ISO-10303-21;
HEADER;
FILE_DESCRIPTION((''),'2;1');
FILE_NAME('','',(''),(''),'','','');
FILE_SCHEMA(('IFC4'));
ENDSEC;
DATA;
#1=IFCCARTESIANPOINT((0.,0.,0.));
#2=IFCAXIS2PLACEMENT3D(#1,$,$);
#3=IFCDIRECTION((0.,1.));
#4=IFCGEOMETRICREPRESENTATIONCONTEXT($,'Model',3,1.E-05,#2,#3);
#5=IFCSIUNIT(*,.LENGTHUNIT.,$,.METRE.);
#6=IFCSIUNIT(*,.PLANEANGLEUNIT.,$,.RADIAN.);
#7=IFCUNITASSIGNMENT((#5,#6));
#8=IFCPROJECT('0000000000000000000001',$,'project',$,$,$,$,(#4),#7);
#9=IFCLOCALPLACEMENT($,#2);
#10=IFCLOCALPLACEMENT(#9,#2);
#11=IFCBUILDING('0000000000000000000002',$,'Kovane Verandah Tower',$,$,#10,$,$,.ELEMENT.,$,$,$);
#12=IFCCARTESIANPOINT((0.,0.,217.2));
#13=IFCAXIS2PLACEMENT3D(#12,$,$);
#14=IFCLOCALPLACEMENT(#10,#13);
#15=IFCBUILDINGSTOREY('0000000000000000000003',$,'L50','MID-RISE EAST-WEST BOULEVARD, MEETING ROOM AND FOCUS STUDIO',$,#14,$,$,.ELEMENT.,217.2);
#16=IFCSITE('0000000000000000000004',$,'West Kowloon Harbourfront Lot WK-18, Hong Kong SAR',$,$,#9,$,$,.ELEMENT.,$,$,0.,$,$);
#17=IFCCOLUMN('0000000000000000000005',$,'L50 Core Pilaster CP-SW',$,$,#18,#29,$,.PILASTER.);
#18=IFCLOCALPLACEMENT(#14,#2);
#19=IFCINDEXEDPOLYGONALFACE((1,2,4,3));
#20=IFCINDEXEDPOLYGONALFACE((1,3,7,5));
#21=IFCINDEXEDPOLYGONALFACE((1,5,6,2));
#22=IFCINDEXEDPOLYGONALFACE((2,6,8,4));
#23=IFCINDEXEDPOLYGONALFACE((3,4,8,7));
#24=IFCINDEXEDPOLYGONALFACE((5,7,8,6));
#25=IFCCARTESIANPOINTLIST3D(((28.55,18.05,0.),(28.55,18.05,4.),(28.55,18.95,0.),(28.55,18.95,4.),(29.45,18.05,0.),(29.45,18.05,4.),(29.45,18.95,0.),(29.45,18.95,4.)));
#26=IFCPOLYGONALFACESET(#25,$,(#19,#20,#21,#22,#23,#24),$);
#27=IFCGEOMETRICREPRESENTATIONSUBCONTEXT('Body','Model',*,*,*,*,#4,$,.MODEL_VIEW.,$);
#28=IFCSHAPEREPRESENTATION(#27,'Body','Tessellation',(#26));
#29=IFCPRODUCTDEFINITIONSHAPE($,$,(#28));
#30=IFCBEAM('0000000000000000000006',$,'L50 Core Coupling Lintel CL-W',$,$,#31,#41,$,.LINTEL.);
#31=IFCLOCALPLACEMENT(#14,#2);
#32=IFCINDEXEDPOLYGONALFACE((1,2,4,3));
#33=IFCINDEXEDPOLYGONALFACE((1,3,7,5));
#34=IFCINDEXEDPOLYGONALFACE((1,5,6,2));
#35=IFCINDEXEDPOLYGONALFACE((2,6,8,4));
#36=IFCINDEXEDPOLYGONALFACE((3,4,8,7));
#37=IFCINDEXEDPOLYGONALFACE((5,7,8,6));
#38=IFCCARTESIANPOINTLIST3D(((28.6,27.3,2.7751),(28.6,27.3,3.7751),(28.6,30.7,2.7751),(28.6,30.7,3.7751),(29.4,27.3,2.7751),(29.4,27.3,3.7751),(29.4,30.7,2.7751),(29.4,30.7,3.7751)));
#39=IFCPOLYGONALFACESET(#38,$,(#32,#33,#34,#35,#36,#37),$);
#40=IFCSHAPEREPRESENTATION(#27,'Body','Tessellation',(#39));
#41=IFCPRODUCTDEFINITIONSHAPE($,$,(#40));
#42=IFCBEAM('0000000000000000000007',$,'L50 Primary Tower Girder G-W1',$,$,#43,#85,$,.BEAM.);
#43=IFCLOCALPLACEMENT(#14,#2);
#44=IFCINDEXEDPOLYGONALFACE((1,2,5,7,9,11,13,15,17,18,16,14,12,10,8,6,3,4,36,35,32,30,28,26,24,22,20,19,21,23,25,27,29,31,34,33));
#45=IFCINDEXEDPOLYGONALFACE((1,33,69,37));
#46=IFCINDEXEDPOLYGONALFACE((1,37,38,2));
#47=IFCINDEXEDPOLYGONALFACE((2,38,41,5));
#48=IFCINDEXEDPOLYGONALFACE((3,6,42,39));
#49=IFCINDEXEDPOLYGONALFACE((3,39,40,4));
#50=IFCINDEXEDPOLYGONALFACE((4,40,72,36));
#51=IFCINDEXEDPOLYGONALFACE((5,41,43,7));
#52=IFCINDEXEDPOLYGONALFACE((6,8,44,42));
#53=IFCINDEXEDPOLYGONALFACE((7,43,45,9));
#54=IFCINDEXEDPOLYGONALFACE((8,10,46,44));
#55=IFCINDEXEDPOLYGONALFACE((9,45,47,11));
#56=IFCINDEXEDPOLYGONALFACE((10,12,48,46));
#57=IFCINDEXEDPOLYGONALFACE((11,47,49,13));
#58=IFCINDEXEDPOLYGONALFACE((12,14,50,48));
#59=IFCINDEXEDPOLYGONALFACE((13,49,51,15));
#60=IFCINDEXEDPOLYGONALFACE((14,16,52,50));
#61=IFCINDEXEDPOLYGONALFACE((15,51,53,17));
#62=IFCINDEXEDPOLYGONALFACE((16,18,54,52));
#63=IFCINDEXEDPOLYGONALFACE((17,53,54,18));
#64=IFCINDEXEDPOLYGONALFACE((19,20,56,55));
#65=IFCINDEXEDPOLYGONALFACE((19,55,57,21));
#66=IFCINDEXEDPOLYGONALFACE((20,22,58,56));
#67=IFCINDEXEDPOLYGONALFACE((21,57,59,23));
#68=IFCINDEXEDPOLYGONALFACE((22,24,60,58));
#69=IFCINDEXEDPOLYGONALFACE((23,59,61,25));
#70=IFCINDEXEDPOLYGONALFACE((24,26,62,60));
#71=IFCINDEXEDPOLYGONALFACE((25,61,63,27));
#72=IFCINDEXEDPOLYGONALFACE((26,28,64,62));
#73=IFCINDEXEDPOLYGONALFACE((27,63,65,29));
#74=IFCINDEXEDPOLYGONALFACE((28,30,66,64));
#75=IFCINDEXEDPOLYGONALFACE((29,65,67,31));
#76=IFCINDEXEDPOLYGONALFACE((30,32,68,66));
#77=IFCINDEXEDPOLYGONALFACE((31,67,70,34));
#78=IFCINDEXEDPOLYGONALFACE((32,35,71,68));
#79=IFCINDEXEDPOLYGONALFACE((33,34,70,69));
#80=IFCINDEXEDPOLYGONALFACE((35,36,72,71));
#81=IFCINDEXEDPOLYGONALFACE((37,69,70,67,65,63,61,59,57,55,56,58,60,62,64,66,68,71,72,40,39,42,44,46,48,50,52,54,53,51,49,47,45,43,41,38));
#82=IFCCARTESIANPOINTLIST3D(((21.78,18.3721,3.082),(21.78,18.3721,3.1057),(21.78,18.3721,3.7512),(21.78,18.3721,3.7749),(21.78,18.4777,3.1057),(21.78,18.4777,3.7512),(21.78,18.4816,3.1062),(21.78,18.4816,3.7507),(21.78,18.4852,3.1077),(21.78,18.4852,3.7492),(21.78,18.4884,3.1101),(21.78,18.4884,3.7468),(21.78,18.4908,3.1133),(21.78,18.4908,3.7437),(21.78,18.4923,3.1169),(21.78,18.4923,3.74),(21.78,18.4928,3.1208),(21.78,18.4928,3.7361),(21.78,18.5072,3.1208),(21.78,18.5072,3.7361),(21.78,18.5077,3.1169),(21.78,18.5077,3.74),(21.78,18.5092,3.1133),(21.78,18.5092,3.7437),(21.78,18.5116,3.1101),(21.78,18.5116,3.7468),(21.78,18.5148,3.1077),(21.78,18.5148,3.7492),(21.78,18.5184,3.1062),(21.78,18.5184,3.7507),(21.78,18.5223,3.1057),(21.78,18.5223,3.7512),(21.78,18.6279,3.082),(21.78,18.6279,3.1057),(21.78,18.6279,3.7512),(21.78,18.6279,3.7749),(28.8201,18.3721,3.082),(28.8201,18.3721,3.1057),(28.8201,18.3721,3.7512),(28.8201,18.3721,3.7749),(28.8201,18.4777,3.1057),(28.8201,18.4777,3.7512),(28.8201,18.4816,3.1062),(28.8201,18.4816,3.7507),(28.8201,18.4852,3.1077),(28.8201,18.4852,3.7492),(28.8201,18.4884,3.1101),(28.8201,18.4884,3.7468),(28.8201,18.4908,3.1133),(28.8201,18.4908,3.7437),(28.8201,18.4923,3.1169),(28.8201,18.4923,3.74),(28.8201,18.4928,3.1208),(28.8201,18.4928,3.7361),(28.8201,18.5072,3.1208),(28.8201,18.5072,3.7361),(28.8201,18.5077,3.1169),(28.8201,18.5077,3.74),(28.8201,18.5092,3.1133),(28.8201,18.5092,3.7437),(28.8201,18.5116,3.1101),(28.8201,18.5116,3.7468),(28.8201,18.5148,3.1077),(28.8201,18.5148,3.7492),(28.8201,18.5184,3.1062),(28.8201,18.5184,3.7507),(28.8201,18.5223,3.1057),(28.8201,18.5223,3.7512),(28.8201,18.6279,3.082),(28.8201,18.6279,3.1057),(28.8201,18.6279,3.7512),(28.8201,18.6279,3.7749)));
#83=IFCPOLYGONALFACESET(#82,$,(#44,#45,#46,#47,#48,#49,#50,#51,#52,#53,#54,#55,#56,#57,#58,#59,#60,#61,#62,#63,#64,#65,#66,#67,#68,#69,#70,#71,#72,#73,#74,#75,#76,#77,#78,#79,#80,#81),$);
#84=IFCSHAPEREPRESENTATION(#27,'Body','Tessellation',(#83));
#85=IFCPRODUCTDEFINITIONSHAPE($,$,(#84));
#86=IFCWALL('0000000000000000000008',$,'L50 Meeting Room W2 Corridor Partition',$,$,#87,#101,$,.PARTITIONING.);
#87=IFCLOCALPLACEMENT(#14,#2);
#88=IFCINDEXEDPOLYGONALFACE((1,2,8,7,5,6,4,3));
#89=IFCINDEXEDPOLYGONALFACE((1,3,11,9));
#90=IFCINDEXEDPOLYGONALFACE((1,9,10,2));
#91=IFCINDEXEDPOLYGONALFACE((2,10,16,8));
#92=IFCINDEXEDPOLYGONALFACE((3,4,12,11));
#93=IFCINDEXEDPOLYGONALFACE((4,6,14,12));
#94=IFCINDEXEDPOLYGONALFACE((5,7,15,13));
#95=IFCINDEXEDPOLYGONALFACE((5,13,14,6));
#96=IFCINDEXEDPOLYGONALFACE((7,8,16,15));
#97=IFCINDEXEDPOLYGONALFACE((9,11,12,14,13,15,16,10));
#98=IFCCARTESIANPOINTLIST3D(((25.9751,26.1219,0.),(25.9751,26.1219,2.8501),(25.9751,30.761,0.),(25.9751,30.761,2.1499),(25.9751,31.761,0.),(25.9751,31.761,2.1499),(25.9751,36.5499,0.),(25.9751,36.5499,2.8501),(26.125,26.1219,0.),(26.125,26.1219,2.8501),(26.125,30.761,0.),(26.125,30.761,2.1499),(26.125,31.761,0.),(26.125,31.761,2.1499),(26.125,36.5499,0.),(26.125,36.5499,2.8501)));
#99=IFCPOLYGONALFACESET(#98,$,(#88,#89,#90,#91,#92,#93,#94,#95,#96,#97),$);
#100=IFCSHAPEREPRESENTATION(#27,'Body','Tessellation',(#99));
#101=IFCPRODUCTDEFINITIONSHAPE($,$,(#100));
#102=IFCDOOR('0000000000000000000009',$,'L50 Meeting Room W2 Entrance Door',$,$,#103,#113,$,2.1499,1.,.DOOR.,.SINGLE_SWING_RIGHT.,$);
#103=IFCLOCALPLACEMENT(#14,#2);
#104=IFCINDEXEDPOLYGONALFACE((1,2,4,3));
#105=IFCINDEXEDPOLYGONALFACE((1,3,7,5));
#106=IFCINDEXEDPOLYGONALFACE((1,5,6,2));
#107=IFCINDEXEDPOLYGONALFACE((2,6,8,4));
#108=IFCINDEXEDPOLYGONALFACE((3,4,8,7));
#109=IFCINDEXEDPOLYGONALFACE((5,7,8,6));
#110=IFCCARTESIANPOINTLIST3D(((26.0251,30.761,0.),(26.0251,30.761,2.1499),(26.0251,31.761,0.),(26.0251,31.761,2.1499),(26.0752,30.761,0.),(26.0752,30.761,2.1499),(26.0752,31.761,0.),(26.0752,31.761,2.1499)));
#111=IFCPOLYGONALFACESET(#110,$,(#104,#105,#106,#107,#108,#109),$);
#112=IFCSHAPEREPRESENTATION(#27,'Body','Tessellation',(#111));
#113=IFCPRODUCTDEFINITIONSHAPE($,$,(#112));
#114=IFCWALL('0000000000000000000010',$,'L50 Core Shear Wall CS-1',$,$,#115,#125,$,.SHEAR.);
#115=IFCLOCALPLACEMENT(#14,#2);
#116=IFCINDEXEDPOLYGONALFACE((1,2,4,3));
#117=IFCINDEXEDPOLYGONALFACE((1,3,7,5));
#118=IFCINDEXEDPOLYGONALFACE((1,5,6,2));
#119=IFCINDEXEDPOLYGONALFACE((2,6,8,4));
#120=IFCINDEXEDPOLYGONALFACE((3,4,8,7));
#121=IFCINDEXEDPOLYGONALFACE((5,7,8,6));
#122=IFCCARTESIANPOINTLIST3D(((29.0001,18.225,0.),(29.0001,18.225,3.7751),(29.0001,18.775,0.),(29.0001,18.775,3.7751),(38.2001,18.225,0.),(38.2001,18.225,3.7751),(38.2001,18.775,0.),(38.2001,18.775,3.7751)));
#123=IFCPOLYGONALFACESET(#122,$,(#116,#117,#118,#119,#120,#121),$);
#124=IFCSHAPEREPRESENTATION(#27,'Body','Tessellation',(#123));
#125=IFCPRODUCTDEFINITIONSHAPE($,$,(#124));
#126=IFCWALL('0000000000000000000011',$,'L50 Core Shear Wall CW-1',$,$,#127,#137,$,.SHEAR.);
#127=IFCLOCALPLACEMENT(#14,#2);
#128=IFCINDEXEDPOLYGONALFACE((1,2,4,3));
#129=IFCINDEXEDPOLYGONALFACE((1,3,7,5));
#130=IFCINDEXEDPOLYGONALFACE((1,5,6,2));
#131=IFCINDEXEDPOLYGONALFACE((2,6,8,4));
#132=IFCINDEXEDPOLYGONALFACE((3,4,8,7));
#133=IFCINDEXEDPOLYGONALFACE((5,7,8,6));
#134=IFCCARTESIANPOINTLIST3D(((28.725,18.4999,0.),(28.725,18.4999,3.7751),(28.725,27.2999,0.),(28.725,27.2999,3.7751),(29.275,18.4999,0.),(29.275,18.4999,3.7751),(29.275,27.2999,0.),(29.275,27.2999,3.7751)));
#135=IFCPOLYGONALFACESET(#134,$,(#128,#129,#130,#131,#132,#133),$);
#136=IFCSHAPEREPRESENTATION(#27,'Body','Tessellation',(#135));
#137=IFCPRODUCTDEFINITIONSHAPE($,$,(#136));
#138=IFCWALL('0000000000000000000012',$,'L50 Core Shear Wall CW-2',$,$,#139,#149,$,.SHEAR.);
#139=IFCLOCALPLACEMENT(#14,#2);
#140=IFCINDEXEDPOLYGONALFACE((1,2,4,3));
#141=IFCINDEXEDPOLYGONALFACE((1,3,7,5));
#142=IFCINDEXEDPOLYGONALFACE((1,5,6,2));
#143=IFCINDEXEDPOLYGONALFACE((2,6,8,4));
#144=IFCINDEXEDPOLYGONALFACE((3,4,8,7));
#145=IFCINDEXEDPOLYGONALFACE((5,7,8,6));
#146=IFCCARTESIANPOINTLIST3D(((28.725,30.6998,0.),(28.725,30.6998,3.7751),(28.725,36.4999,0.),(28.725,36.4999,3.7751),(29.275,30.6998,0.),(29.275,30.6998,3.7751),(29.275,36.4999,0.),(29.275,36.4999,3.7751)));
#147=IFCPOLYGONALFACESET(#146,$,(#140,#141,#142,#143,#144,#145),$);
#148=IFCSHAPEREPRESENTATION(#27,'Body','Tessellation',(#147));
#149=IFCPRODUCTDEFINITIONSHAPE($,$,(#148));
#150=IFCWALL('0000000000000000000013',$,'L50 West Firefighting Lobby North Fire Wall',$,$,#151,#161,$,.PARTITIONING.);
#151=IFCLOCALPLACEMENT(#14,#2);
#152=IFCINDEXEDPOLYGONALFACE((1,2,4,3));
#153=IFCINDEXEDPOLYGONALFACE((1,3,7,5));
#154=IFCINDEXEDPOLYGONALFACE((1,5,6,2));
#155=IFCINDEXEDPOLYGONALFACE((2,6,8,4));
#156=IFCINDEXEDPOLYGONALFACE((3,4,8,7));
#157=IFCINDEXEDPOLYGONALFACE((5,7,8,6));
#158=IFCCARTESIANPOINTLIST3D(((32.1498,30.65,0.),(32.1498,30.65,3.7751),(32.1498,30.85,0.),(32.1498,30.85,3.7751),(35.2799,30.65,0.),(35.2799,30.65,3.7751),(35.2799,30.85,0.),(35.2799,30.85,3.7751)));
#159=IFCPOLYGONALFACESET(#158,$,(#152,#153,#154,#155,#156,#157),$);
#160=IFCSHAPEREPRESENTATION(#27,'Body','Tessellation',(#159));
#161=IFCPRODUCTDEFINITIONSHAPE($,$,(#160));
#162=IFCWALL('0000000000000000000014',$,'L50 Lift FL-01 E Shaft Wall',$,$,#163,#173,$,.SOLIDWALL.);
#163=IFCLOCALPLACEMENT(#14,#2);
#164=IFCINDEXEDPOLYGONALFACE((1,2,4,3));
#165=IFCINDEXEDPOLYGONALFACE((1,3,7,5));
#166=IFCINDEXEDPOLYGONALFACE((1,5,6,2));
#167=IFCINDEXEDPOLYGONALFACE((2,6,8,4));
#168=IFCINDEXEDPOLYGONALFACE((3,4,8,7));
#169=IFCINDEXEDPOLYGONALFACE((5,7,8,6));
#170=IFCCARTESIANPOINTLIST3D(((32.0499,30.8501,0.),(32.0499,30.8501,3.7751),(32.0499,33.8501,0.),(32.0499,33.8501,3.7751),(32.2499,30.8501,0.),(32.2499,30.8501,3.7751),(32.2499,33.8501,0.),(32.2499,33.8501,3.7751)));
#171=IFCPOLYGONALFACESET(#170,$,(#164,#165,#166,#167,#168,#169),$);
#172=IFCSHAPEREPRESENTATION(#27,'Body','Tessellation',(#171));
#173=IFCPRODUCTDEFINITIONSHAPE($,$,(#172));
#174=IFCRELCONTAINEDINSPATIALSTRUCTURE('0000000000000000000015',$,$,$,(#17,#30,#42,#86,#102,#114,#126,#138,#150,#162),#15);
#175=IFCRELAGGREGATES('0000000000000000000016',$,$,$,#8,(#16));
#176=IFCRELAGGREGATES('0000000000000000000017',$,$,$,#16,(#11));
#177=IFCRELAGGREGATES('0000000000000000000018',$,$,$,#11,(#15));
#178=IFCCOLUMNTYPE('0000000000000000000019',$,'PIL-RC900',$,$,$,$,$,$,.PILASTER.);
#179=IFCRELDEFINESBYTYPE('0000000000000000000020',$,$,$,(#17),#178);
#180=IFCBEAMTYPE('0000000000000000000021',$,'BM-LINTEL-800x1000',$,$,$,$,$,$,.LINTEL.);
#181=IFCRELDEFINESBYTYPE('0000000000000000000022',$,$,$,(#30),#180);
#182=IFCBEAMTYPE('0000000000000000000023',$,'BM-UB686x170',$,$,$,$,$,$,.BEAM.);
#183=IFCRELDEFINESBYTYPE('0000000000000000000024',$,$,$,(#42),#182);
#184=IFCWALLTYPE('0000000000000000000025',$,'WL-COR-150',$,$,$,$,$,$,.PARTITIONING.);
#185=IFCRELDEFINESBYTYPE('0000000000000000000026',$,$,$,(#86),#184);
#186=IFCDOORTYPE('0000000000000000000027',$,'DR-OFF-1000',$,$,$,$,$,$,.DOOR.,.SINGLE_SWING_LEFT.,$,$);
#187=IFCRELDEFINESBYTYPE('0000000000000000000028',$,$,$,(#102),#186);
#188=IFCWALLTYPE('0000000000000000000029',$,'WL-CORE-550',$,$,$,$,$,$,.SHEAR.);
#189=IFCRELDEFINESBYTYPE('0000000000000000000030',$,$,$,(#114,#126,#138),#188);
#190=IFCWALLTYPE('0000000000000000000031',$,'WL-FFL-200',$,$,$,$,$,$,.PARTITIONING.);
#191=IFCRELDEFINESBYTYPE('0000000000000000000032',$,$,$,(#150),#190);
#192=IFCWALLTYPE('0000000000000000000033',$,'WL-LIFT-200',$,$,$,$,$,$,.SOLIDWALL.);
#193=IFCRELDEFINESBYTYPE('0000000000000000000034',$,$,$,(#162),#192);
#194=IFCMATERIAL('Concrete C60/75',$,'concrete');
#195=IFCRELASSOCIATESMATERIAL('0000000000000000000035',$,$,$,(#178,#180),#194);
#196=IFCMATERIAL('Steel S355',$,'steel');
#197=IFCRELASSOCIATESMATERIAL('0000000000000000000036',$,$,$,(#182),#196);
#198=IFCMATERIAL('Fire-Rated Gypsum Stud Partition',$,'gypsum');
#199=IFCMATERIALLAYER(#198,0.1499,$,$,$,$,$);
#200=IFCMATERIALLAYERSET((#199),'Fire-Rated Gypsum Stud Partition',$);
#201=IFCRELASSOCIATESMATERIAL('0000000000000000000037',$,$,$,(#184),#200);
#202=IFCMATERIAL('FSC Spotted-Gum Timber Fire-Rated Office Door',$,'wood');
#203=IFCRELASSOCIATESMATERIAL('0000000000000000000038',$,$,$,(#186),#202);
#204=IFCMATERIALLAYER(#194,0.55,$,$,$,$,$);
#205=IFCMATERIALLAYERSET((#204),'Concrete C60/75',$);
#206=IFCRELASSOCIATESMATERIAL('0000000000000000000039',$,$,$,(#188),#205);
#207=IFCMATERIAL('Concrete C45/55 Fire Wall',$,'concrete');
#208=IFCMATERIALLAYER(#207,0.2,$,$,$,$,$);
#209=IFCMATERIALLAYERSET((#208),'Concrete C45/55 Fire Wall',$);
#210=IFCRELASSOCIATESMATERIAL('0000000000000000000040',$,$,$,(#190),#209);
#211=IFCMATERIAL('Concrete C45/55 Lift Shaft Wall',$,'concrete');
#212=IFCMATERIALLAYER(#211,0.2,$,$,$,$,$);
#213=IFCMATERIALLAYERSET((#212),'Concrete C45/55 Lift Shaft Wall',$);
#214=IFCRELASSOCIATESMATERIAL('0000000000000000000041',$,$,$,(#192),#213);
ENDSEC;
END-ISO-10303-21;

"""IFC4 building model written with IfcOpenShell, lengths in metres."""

from ifc_helpers import new_model, si_unit, direction, frame, frame_2d, origin, origin_2d, place, context, subcontext, project, spatial, rectangle, i_section, extrude, material, layer, layer_set, material_profile, profile_set, type_object, element, fill, save


model = new_model("IFC4")

# Units and contexts
model_context = context("Model", 3, precision=1e-05, world=origin(), true_north=direction((0.0, 1.0)))
body_context = subcontext(model_context, "Body", "Model", "MODEL_VIEW")
ifc_project = project(units=[si_unit("LENGTHUNIT", "METRE"), si_unit("PLANEANGLEUNIT", "RADIAN")], contexts=[model_context])

# Site, building, storey
site_placement = place(None, origin())
site = spatial("IfcSite", under=ifc_project, at=site_placement, Name="West Kowloon Harbourfront Lot WK-18, Hong Kong SAR", CompositionType="ELEMENT", RefElevation=0.0)
building_placement = place(site_placement, origin())
building = spatial("IfcBuilding", under=site, at=building_placement, Name="Kovane Verandah Tower", CompositionType="ELEMENT")
storey_placement = place(building_placement, frame((0.0, 0.0, 217.2)))
storey = spatial("IfcBuildingStorey", under=building, at=storey_placement, Name="L50", Description="MID-RISE EAST-WEST BOULEVARD, MEETING ROOM AND FOCUS STUDIO", CompositionType="ELEMENT", Elevation=217.2)

# Column
ifc_material_1 = material(Name="Concrete C60/75", Category="concrete")
ifc_material_profile_1 = material_profile(ifc_material_1, rectangle(XDim=0.8999, YDim=0.8999, at=origin_2d()), Name="RC900x900")
ifc_profile_set_1 = profile_set([ifc_material_profile_1], Name="Concrete C60/75")
column_type = type_object("IfcColumnType", Name="PIL-RC900", PredefinedType="PILASTER", material=ifc_profile_set_1)
column_placement = place(storey_placement, frame((29.0, 18.5, 0.0), z_axis=(0.0, 0.0, 1.0), x_axis=(1.0, 0.0, 0.0)))
element("IfcColumn", 1, at=column_placement, inside=storey, type_object=column_type, Name="L50 Core Pilaster CP-SW", PredefinedType="PILASTER", context=body_context, shape_type="SweptSolid", body=[
    extrude(rectangle(XDim=0.8999, YDim=0.8999, at=origin_2d()), origin(), (0.0, 0.0, 1.0), 4.0),
])

# Beams
ifc_material_profile_2 = material_profile(ifc_material_1, rectangle(XDim=0.8, YDim=1.0, at=origin_2d()), Name="RCB800x1000")
ifc_profile_set_2 = profile_set([ifc_material_profile_2], Name="Concrete C60/75")
beam_type_1 = type_object("IfcBeamType", Name="BM-LINTEL-800x1000", PredefinedType="LINTEL", material=ifc_profile_set_2)
beam_1_placement = place(storey_placement, frame((29.0, 27.3, 3.2751), z_axis=(0.0, 1.0, 0.0), x_axis=(-1.0, 0.0, 0.0)))
element("IfcBeam", 2, at=beam_1_placement, inside=storey, type_object=beam_type_1, Name="L50 Core Coupling Lintel CL-W", PredefinedType="LINTEL", context=body_context, shape_type="SweptSolid", body=[
    extrude(rectangle(XDim=0.8, YDim=1.0, at=origin_2d()), origin(), (0.0, 0.0, 1.0), 3.3999),
])
ifc_material_2 = material(Name="Steel S355", Category="steel")
ifc_material_profile_3 = material_profile(ifc_material_2, i_section(OverallWidth=0.2559, OverallDepth=0.6929, WebThickness=0.0144, FlangeThickness=0.0237, FilletRadius=0.0151, at=origin_2d()), Name="UB686x254x170")
ifc_profile_set_3 = profile_set([ifc_material_profile_3], Name="Steel S355")
beam_type_2 = type_object("IfcBeamType", Name="BM-UB686x170", PredefinedType="BEAM", material=ifc_profile_set_3)
beam_2_placement = place(storey_placement, frame((28.8201, 18.5, 3.4285), z_axis=(-1.0, 0.0, 0.0), x_axis=(0.0, -1.0, 0.0)))
element("IfcBeam", 3, at=beam_2_placement, inside=storey, type_object=beam_type_2, Name="L50 Primary Tower Girder G-W1", PredefinedType="BEAM", context=body_context, shape_type="SweptSolid", body=[
    extrude(i_section(OverallWidth=0.2559, OverallDepth=0.6929, WebThickness=0.0144, FlangeThickness=0.0237, FilletRadius=0.0151, at=origin_2d()), origin(), (0.0, 0.0, 1.0), 7.04),
])

# Wall, opening, door
ifc_material_3 = material(Name="Fire-Rated Gypsum Stud Partition", Category="gypsum")
ifc_layer_1 = layer(ifc_material_3, 0.1499)
ifc_layer_set_1 = layer_set([ifc_layer_1], Name="Fire-Rated Gypsum Stud Partition")
wall_type_1 = type_object("IfcWallType", Name="WL-COR-150", PredefinedType="PARTITIONING", material=ifc_layer_set_1)
wall_1_placement = place(storey_placement, frame((26.05, 26.1221, 0.0), z_axis=(0.0, 0.0, 1.0), x_axis=(0.0, 1.0, 0.0)))
wall_1 = element("IfcWall", 4, at=wall_1_placement, inside=storey, type_object=wall_type_1, Name="L50 Meeting Room W2 Corridor Partition", PredefinedType="PARTITIONING", context=body_context, shape_type="SweptSolid", body=[
    extrude(rectangle(XDim=10.428, YDim=0.1499, at=frame_2d((5.2139, 0.0))), origin(), (0.0, 0.0, 1.0), 2.8501),
])
opening_1_placement = place(wall_1_placement, frame((4.6389, 0.0, 0.0)))
opening_1 = element("IfcOpeningElement", 5, at=opening_1_placement, cuts=wall_1, PredefinedType="OPENING", context=body_context, shape_type="SweptSolid", body=[
    extrude(rectangle(XDim=1.0, YDim=2.1499, at=frame_2d((0.5, 1.075))), frame((0.0, 0.075, 0.0), z_axis=(0.0, -1.0, 0.0), x_axis=(1.0, 0.0, 0.0)), (0.0, 0.0, 1.0), 0.1499),
])
ifc_material_4 = material(Name="FSC Spotted-Gum Timber Fire-Rated Office Door", Category="wood")
door_type_1 = type_object("IfcDoorType", Name="DR-OFF-1000", OperationType="SINGLE_SWING_LEFT", PredefinedType="DOOR", material=ifc_material_4)
door_1_placement = place(opening_1_placement, origin())
door_1 = element("IfcDoor", 6, at=door_1_placement, inside=storey, type_object=door_type_1, Name="L50 Meeting Room W2 Entrance Door", OperationType="SINGLE_SWING_RIGHT", OverallHeight=2.1499, OverallWidth=1.0, PredefinedType="DOOR", context=body_context, shape_type="SweptSolid", body=[
    extrude(rectangle(XDim=1.0, YDim=2.1499, at=frame_2d((0.5, 1.075))), frame((0.0, 0.0249, 0.0), z_axis=(0.0, -1.0, 0.0), x_axis=(1.0, 0.0, 0.0)), (0.0, 0.0, 1.0), 0.05),
])
fill(opening_1, door_1)

# Walls
ifc_layer_2 = layer(ifc_material_1, 0.55)
ifc_layer_set_2 = layer_set([ifc_layer_2], Name="Concrete C60/75")
wall_type_2 = type_object("IfcWallType", Name="WL-CORE-550", PredefinedType="SHEAR", material=ifc_layer_set_2)
wall_2_placement = place(storey_placement, frame((29.0, 18.5, 0.0), z_axis=(0.0, 0.0, 1.0), x_axis=(1.0, 0.0, 0.0)))
element("IfcWall", 7, at=wall_2_placement, inside=storey, type_object=wall_type_2, Name="L50 Core Shear Wall CS-1", PredefinedType="SHEAR", context=body_context, shape_type="SweptSolid", body=[
    extrude(rectangle(XDim=9.2, YDim=0.55, at=frame_2d((4.6001, 0.0))), origin(), (0.0, 0.0, 1.0), 3.7751),
])
wall_3_placement = place(storey_placement, frame((29.0, 18.5, 0.0), z_axis=(0.0, 0.0, 1.0), x_axis=(0.0, 1.0, 0.0)))
element("IfcWall", 8, at=wall_3_placement, inside=storey, type_object=wall_type_2, Name="L50 Core Shear Wall CW-1", PredefinedType="SHEAR", context=body_context, shape_type="SweptSolid", body=[
    extrude(rectangle(XDim=8.8, YDim=0.55, at=frame_2d((4.3999, 0.0))), origin(), (0.0, 0.0, 1.0), 3.7751),
])
wall_4_placement = place(storey_placement, frame((29.0, 30.7, 0.0), z_axis=(0.0, 0.0, 1.0), x_axis=(0.0, 1.0, 0.0)))
element("IfcWall", 9, at=wall_4_placement, inside=storey, type_object=wall_type_2, Name="L50 Core Shear Wall CW-2", PredefinedType="SHEAR", context=body_context, shape_type="SweptSolid", body=[
    extrude(rectangle(XDim=5.8, YDim=0.55, at=frame_2d((2.8999, 0.0))), origin(), (0.0, 0.0, 1.0), 3.7751),
])

# Shared definitions
ifc_material_5 = material(Name="Concrete C45/55 Fire Wall", Category="concrete")
ifc_layer_3 = layer(ifc_material_5, 0.2)
ifc_layer_set_3 = layer_set([ifc_layer_3], Name="Concrete C45/55 Fire Wall")
wall_type_3 = type_object("IfcWallType", Name="WL-FFL-200", PredefinedType="PARTITIONING", material=ifc_layer_set_3)

# Wall
wall_5_placement = place(storey_placement, frame((32.1499, 30.75, 0.0), z_axis=(0.0, 0.0, 1.0), x_axis=(1.0, 0.0, 0.0)))
element("IfcWall", 10, at=wall_5_placement, inside=storey, type_object=wall_type_3, Name="L50 West Firefighting Lobby North Fire Wall", PredefinedType="PARTITIONING", context=body_context, shape_type="SweptSolid", body=[
    extrude(rectangle(XDim=3.1301, YDim=0.2, at=frame_2d((1.5649, 0.0))), origin(), (0.0, 0.0, 1.0), 3.7751),
])

# Shared definitions
ifc_material_6 = material(Name="Concrete C45/55 Lift Shaft Wall", Category="concrete")
ifc_layer_4 = layer(ifc_material_6, 0.2)
ifc_layer_set_4 = layer_set([ifc_layer_4], Name="Concrete C45/55 Lift Shaft Wall")
wall_type_4 = type_object("IfcWallType", Name="WL-LIFT-200", PredefinedType="SOLIDWALL", material=ifc_layer_set_4)

# Wall
wall_6_placement = place(storey_placement, frame((32.1499, 30.8501, 0.0), z_axis=(0.0, 0.0, 1.0), x_axis=(0.0, 1.0, 0.0)))
element("IfcWall", 11, at=wall_6_placement, inside=storey, type_object=wall_type_4, Name="L50 Lift FL-01 E Shaft Wall", PredefinedType="SOLIDWALL", context=body_context, shape_type="SweptSolid", body=[
    extrude(rectangle(XDim=3.0, YDim=0.2, at=frame_2d((1.5, 0.0))), origin(), (0.0, 0.0, 1.0), 3.7751),
])

save(model, "model.ifc")
